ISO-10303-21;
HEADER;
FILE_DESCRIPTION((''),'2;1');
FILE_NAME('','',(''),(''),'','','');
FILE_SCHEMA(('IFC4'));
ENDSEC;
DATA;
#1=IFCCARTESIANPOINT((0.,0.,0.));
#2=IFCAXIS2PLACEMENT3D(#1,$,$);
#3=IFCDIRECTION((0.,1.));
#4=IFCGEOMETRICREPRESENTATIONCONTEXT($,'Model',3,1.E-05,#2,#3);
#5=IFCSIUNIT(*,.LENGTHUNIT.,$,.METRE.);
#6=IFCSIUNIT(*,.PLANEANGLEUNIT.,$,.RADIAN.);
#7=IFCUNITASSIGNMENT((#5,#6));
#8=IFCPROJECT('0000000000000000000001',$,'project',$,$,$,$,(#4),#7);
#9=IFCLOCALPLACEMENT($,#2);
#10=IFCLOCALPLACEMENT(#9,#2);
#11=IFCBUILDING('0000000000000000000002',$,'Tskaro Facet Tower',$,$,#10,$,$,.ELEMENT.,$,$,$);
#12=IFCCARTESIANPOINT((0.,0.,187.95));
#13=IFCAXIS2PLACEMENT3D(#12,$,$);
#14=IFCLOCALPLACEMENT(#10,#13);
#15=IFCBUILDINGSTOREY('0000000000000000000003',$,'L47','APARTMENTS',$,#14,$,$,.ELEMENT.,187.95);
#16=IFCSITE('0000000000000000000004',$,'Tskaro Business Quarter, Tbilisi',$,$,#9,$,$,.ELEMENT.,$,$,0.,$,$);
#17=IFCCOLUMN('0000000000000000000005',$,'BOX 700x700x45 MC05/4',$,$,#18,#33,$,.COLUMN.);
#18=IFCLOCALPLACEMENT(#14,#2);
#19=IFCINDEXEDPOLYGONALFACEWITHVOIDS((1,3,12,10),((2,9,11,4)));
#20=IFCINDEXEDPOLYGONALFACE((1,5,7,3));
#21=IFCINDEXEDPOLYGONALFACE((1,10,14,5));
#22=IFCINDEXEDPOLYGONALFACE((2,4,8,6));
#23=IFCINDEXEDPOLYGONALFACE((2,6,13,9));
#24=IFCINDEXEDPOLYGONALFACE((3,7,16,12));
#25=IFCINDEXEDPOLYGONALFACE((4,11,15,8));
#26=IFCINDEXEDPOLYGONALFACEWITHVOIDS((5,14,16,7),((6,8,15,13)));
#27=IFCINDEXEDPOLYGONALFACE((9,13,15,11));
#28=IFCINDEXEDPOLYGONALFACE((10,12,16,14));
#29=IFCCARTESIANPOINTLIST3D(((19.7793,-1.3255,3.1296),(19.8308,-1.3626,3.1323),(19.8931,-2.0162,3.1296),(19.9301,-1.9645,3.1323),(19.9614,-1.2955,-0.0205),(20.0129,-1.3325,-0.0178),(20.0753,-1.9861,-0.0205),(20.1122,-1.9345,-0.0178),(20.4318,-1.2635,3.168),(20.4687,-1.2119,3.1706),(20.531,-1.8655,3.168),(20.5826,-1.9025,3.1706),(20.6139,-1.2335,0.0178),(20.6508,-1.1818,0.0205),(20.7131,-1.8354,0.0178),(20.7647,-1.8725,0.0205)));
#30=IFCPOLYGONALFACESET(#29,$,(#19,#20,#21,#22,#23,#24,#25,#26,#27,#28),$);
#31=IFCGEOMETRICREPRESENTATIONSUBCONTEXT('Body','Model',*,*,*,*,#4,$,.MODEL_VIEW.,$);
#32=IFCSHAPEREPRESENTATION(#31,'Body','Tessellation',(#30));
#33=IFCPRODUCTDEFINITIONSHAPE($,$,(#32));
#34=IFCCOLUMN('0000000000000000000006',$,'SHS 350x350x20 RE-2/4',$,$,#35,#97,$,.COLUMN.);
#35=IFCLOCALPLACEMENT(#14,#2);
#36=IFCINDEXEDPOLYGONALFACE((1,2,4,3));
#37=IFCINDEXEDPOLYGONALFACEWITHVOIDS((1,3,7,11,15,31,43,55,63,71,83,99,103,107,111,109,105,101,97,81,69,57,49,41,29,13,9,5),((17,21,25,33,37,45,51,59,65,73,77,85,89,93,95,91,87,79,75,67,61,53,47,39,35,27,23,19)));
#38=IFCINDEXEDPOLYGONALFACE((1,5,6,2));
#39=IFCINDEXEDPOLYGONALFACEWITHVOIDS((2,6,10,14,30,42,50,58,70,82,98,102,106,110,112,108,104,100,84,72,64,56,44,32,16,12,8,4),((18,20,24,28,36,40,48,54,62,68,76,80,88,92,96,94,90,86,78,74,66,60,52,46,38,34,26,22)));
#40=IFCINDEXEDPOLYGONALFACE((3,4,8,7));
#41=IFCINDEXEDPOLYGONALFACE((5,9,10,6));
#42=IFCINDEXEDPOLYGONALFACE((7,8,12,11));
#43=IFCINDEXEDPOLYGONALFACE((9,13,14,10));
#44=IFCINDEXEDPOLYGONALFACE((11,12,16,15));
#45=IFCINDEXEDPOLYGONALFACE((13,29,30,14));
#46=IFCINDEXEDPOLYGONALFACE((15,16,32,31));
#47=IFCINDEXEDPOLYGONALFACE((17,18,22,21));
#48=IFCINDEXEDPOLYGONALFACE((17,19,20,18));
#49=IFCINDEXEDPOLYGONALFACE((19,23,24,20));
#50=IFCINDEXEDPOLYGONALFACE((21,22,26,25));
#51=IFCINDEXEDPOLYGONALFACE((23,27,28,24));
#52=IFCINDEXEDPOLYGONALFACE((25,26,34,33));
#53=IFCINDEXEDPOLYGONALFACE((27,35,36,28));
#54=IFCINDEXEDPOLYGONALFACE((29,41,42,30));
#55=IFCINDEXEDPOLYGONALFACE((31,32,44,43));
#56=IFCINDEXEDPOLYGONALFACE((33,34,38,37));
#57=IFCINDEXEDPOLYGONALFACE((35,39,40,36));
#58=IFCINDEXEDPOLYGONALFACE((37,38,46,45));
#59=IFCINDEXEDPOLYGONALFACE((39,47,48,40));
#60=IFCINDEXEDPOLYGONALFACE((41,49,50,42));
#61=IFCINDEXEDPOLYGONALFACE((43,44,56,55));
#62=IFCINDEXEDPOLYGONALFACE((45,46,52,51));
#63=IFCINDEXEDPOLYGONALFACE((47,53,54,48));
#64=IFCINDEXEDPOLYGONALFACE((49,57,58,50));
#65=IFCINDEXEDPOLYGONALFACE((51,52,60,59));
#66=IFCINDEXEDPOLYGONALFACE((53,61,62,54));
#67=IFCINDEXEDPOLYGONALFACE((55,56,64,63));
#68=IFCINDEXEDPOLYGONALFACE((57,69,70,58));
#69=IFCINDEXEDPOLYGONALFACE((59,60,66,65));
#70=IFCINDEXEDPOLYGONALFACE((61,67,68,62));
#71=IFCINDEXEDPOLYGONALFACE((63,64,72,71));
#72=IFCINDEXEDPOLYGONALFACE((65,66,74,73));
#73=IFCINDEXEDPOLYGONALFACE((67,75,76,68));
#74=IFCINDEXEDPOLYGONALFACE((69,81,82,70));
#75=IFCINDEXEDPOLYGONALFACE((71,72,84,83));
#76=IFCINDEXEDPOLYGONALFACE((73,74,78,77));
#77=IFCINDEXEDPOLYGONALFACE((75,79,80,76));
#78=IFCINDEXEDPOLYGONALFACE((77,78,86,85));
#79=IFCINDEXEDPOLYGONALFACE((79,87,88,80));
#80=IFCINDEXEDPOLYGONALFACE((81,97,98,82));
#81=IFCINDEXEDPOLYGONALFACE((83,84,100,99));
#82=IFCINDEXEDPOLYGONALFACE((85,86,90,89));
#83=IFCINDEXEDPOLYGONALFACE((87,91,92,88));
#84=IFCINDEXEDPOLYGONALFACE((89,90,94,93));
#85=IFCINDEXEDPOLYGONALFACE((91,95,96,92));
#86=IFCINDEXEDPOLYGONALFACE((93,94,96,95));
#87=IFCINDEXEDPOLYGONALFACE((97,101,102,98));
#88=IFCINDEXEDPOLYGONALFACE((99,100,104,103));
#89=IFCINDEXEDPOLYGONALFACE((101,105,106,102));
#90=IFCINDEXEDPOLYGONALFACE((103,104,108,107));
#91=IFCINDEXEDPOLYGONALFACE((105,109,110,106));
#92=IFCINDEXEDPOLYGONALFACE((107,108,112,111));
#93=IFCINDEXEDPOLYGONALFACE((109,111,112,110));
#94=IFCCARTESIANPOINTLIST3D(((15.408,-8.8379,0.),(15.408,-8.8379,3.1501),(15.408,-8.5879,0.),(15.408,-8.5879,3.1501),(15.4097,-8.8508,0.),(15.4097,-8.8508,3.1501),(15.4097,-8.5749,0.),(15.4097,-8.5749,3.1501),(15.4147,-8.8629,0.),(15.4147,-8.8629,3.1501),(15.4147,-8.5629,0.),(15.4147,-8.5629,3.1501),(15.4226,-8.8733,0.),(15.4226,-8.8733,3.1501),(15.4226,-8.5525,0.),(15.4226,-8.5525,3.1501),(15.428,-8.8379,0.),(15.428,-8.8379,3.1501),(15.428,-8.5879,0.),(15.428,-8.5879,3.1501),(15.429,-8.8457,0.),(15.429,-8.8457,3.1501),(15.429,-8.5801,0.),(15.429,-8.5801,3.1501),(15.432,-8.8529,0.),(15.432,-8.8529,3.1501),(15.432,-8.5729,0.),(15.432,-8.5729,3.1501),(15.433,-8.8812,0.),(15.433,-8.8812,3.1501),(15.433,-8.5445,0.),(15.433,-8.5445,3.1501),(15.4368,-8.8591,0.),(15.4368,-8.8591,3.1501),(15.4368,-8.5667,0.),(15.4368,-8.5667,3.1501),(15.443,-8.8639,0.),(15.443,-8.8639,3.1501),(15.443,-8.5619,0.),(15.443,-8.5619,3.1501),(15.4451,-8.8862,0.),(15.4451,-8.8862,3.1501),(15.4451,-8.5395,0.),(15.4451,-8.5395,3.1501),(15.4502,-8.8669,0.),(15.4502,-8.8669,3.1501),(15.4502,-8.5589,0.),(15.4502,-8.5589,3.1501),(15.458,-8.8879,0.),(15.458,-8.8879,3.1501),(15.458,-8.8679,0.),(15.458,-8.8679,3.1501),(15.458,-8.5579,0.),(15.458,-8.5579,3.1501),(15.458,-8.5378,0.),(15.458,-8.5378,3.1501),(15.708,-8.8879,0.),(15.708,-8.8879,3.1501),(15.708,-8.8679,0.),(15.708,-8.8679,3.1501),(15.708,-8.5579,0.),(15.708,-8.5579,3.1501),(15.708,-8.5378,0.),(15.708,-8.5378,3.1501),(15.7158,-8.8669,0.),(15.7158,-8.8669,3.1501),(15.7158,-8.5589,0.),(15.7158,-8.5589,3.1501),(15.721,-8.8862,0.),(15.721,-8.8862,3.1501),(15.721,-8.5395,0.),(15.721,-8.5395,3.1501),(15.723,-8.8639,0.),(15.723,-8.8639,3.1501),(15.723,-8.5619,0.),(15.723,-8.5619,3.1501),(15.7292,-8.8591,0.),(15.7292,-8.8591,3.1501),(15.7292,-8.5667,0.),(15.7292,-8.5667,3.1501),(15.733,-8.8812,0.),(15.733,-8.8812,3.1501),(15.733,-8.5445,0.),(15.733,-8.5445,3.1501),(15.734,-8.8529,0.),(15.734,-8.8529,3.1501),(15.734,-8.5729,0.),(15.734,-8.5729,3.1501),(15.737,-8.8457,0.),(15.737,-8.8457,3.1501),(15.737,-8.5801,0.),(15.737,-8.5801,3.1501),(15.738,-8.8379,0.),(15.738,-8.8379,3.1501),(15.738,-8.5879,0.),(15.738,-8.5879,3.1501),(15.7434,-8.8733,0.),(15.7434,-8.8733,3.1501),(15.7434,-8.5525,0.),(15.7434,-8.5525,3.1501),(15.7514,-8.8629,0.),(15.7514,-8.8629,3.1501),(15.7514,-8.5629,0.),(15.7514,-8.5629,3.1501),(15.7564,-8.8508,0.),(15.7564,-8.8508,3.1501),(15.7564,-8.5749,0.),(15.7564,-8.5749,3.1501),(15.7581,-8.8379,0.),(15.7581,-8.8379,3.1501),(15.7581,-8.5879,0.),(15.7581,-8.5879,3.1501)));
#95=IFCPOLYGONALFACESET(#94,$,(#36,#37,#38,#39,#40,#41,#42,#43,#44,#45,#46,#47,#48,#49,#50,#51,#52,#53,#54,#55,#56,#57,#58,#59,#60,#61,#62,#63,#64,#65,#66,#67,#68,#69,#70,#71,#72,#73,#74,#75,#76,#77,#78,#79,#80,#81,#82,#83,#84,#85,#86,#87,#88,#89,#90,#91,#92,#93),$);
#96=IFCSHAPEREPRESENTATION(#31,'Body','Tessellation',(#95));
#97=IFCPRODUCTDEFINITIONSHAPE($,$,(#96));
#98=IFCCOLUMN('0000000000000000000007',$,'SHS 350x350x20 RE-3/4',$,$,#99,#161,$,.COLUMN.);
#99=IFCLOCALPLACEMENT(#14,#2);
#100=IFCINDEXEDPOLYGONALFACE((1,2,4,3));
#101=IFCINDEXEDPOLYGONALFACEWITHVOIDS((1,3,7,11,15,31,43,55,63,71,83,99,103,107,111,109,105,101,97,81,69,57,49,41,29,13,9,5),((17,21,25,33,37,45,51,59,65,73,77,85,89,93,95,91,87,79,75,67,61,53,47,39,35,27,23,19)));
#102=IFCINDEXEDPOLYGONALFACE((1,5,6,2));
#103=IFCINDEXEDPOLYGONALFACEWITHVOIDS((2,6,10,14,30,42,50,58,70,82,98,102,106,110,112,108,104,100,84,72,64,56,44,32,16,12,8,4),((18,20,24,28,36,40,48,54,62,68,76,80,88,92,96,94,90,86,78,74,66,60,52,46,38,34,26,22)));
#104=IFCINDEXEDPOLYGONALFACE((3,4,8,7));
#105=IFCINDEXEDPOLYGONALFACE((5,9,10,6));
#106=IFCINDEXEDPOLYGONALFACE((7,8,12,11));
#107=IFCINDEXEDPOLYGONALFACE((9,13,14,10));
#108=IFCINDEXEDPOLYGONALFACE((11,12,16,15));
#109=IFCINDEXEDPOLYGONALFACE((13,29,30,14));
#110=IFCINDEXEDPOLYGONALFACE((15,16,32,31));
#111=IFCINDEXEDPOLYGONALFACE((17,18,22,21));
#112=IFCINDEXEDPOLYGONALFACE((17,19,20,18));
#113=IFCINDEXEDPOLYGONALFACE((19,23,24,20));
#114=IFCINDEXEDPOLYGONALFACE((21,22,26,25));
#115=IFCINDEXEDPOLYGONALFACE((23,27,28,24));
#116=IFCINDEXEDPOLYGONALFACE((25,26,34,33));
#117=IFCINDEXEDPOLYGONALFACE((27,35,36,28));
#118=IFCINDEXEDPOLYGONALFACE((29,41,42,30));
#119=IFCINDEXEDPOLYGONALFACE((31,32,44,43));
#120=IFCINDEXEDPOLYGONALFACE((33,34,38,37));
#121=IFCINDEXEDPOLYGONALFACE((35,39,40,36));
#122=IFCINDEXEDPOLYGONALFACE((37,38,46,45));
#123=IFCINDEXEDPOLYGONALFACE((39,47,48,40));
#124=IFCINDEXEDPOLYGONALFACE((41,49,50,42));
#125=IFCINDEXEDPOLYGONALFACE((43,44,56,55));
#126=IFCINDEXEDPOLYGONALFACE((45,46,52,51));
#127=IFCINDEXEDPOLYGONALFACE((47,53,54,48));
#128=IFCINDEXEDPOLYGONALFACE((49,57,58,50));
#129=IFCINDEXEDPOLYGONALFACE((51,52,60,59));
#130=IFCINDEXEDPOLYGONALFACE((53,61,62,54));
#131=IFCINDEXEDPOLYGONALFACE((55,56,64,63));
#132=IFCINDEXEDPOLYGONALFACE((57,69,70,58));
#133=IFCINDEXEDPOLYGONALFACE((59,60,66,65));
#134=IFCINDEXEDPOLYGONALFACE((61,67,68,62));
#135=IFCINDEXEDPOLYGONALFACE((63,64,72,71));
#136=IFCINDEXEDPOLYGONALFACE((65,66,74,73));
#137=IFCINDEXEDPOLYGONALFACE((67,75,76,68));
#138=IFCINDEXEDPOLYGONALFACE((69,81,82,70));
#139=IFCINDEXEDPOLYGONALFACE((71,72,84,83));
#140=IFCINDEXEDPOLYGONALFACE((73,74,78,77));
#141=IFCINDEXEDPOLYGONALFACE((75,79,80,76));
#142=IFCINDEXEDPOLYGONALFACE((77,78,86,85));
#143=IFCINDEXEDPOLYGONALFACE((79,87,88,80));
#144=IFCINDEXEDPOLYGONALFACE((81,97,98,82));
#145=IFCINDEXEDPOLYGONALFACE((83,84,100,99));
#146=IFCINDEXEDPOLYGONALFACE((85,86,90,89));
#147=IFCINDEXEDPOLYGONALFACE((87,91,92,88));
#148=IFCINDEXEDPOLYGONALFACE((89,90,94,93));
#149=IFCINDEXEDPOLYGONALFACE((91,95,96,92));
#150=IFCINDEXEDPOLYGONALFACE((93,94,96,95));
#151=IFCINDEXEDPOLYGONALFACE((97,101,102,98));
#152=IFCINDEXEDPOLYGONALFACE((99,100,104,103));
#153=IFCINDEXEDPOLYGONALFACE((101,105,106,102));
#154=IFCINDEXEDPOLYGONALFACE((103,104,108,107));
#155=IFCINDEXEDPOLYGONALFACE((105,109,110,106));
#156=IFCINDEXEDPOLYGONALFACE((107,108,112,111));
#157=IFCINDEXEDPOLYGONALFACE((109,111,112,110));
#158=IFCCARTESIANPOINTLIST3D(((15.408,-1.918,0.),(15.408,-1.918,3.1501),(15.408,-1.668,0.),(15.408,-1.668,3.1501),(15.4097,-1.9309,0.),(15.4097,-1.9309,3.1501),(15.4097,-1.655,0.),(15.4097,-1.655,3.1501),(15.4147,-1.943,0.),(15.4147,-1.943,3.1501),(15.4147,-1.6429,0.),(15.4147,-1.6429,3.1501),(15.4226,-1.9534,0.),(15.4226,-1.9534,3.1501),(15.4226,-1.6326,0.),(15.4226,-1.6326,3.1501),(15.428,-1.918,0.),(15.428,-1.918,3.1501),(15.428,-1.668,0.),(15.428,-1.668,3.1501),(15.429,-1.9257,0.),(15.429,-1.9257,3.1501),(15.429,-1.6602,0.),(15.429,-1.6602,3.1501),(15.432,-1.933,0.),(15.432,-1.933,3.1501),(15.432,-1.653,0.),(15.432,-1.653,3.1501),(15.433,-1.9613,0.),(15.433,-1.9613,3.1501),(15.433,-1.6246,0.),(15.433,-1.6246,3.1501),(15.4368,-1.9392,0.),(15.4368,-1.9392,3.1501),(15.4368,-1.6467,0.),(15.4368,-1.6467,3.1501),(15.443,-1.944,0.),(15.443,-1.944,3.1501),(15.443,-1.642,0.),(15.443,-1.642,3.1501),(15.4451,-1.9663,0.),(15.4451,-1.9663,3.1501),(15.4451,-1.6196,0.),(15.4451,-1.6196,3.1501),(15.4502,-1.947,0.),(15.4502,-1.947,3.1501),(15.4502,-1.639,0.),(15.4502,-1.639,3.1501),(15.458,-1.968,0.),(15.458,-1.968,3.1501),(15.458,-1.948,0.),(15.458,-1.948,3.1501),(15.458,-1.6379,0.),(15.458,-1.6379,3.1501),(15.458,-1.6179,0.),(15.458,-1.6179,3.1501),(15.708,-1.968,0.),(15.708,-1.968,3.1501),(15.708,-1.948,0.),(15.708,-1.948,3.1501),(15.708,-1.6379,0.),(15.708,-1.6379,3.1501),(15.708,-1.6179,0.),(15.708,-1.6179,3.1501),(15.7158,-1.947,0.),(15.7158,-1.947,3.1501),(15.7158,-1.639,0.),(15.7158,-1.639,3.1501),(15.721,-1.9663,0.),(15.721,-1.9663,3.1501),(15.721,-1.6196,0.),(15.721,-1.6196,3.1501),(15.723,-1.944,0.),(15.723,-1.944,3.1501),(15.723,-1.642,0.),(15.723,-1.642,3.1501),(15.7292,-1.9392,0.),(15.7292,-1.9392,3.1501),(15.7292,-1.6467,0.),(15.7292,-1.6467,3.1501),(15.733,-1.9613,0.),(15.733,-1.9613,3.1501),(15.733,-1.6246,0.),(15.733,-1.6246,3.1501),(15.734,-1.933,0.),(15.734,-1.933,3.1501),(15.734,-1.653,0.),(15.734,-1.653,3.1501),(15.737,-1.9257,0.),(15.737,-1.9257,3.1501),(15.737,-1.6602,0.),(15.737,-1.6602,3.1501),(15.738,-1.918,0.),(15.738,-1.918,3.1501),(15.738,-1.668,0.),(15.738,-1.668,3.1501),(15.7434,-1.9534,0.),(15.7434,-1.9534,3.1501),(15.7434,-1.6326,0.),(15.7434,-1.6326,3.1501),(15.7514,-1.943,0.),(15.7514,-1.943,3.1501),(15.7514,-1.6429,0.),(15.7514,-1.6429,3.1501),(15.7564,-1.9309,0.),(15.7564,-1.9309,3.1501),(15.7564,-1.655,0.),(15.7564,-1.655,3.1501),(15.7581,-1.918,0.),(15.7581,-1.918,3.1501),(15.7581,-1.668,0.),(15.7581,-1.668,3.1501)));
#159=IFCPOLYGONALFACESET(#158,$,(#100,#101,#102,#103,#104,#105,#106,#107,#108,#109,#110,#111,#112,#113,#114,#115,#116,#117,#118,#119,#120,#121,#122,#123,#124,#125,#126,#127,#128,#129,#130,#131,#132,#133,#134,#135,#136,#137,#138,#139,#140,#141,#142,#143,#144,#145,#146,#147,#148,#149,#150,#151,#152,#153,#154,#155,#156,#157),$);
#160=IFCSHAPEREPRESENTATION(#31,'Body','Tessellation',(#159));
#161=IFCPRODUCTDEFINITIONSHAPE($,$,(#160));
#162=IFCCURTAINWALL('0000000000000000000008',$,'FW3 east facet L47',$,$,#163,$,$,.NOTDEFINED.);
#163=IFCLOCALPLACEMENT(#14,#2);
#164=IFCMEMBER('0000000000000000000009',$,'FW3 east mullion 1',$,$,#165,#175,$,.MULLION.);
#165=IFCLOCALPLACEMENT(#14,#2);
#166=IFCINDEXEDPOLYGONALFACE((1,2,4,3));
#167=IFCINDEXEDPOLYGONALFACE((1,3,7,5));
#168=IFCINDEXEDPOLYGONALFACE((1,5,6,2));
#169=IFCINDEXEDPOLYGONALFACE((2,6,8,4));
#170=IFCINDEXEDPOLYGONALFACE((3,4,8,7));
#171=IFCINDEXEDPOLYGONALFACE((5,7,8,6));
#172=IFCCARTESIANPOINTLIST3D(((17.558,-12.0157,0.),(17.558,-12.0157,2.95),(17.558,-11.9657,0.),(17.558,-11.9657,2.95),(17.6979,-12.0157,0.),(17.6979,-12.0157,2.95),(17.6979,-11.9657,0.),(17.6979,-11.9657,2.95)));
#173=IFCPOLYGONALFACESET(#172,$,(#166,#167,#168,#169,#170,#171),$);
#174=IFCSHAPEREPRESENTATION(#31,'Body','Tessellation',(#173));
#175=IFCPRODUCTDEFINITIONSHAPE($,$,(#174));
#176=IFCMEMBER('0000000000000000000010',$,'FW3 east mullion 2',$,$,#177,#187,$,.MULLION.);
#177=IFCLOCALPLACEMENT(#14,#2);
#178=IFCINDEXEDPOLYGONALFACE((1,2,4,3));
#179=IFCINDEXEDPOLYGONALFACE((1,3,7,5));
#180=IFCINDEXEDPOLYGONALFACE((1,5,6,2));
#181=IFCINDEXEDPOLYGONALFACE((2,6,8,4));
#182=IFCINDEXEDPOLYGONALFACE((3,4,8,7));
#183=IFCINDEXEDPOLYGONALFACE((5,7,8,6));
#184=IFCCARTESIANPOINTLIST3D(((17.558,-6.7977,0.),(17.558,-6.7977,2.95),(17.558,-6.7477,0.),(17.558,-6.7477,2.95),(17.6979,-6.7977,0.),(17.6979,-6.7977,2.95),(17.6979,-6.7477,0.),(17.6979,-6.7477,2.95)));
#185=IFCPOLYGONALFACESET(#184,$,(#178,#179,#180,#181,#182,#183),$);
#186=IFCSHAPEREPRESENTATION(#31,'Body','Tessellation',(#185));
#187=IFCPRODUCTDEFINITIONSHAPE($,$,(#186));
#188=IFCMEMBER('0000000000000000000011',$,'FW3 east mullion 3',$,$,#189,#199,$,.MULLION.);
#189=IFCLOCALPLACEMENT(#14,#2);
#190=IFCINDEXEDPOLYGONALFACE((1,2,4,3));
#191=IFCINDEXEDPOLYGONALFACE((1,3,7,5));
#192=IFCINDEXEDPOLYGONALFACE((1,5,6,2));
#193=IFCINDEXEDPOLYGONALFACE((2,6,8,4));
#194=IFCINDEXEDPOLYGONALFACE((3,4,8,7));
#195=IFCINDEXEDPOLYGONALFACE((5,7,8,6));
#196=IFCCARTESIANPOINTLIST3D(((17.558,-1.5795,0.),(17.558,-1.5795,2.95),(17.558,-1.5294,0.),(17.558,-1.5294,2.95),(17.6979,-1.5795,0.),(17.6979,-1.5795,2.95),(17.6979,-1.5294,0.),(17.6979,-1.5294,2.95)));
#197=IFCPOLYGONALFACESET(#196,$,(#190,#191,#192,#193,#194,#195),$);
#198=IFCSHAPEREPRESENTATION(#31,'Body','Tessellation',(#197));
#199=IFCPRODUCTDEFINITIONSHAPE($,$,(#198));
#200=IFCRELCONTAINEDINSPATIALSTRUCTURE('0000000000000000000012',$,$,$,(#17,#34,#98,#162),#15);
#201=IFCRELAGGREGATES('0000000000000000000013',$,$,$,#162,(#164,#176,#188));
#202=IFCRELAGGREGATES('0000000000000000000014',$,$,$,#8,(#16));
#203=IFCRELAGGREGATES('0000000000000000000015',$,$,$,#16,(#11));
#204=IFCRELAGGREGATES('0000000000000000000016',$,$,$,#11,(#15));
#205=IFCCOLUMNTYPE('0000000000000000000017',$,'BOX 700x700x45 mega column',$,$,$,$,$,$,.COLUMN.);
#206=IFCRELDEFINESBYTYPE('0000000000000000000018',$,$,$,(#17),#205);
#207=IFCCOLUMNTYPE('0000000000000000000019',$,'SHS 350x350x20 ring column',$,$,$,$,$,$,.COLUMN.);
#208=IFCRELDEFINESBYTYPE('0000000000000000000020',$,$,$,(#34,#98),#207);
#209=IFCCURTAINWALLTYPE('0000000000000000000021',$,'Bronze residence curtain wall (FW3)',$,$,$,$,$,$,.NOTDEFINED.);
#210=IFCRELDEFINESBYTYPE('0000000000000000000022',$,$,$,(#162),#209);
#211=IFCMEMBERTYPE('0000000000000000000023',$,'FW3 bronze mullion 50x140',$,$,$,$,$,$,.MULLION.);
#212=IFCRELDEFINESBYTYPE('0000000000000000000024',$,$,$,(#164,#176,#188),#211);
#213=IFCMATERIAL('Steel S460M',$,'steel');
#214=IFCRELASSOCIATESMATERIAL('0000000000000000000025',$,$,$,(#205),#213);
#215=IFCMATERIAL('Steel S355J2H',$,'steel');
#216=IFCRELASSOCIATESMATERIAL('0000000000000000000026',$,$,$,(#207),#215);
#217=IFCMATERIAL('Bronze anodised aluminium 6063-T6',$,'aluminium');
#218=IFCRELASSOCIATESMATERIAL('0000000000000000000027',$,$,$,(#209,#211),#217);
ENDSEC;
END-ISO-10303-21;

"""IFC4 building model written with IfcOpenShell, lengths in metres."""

from ifc_helpers import new_model, si_unit, direction, frame, origin, origin_2d, place, context, subcontext, project, spatial, rectangle, hollow_rectangle, extrude, material, material_profile, profile_set, type_object, element, aggregate, save


model = new_model("IFC4")

# Units and contexts
model_context = context("Model", 3, precision=1e-05, world=origin(), true_north=direction((0.0, 1.0)))
body_context = subcontext(model_context, "Body", "Model", "MODEL_VIEW")
ifc_project = project(units=[si_unit("LENGTHUNIT", "METRE"), si_unit("PLANEANGLEUNIT", "RADIAN")], contexts=[model_context])

# Site, building, storey
site_placement = place(None, origin())
site = spatial("IfcSite", under=ifc_project, at=site_placement, Name="Tskaro Business Quarter, Tbilisi", CompositionType="ELEMENT", RefElevation=0.0)
building_placement = place(site_placement, origin())
building = spatial("IfcBuilding", under=site, at=building_placement, Name="Tskaro Facet Tower", CompositionType="ELEMENT")
storey_placement = place(building_placement, frame((0.0, 0.0, 187.95)))
storey = spatial("IfcBuildingStorey", under=building, at=storey_placement, Name="L47", Description="APARTMENTS", CompositionType="ELEMENT", Elevation=187.95)

# Columns
ifc_material_1 = material(Name="Steel S460M", Category="steel")
ifc_material_profile_1 = material_profile(ifc_material_1, hollow_rectangle(XDim=0.7, YDim=0.7, WallThickness=0.0449, at=origin_2d()), Name="BOX 700x700x45")
ifc_profile_set_1 = profile_set([ifc_material_profile_1], Name="Steel S460M")
column_type_1 = type_object("IfcColumnType", Name="BOX 700x700x45 mega column", PredefinedType="COLUMN", material=ifc_profile_set_1)
column_placement = place(storey_placement, frame((20.363, -1.584, 0.0), z_axis=(-0.057717, -0.009516, 0.998288), x_axis=(0.162683, -0.986678, 0.0)))
element("IfcColumn", 1, at=column_placement, inside=storey, type_object=column_type_1, Name="BOX 700x700x45 MC05/4", PredefinedType="COLUMN", context=body_context, shape_type="SweptSolid", body=[
    extrude(hollow_rectangle(XDim=0.7, YDim=0.7, WallThickness=0.0449, at=origin_2d()), origin(), (0.0, 0.0, 1.0), 3.1555),
])
ifc_material_2 = material(Name="Steel S355J2H", Category="steel")
ifc_material_profile_2 = material_profile(ifc_material_2, hollow_rectangle(XDim=0.3501, YDim=0.3501, WallThickness=0.02, InnerFilletRadius=0.03, OuterFilletRadius=0.05, at=origin_2d()), Name="SHS 350x350x20")
ifc_profile_set_2 = profile_set([ifc_material_profile_2], Name="Steel S355J2H")
column_type_2 = type_object("IfcColumnType", Name="SHS 350x350x20 ring column", PredefinedType="COLUMN", material=ifc_profile_set_2)
for number, where, z_axis, x_axis, name in (
    (2, (15.583, -8.7129, 0.0), (0.0, 0.0, 1.0), (1.0, 0.0, 0.0), "SHS 350x350x20 RE-2/4"),
    (3, (15.583, -1.793, 0.0), (0.0, 0.0, 1.0), (1.0, 0.0, 0.0), "SHS 350x350x20 RE-3/4"),
):
    element("IfcColumn", number, at=place(storey_placement, frame(where, z_axis=z_axis, x_axis=x_axis)), inside=storey, type_object=column_type_2, Name=name, PredefinedType="COLUMN", context=body_context, shape_type="SweptSolid", body=[
        extrude(hollow_rectangle(XDim=0.3501, YDim=0.3501, WallThickness=0.02, InnerFilletRadius=0.03, OuterFilletRadius=0.05, at=origin_2d()), origin(), (0.0, 0.0, 1.0), 3.1501),
    ])

# Curtain wall, members
ifc_material_3 = material(Name="Bronze anodised aluminium 6063-T6", Category="aluminium")
curtain_wall_type = type_object("IfcCurtainWallType", Name="Bronze residence curtain wall (FW3)", PredefinedType="NOTDEFINED", material=ifc_material_3)
curtain_wall_placement = place(storey_placement, origin())
curtain_wall = element("IfcCurtainWall", 4, at=curtain_wall_placement, inside=storey, type_object=curtain_wall_type, Name="FW3 east facet L47", PredefinedType="NOTDEFINED")
ifc_material_profile_3 = material_profile(ifc_material_3, rectangle(XDim=0.05, YDim=0.1399, at=origin_2d()), Name="Mullion 50x140")
ifc_profile_set_3 = profile_set([ifc_material_profile_3], Name="Bronze anodised aluminium 6063-T6")
member_type_1 = type_object("IfcMemberType", Name="FW3 bronze mullion 50x140", PredefinedType="MULLION", material=ifc_profile_set_3)
member_1_placement = place(storey_placement, frame((17.6279, -11.9907, 0.0), z_axis=(0.0, 0.0, 1.0), x_axis=(0.0, 1.0, 0.0)))
member_1 = element("IfcMember", 5, at=member_1_placement, type_object=member_type_1, Name="FW3 east mullion 1", PredefinedType="MULLION", context=body_context, shape_type="SweptSolid", body=[
    extrude(rectangle(XDim=0.05, YDim=0.1399, at=origin_2d()), origin(), (0.0, 0.0, 1.0), 2.95),
])
member_2_placement = place(storey_placement, frame((17.6279, -6.7727, 0.0), z_axis=(0.0, 0.0, 1.0), x_axis=(0.0, 1.0, 0.0)))
member_2 = element("IfcMember", 6, at=member_2_placement, type_object=member_type_1, Name="FW3 east mullion 2", PredefinedType="MULLION", context=body_context, shape_type="SweptSolid", body=[
    extrude(rectangle(XDim=0.05, YDim=0.1399, at=origin_2d()), origin(), (0.0, 0.0, 1.0), 2.95),
])
member_3_placement = place(storey_placement, frame((17.6279, -1.5544, 0.0), z_axis=(0.0, 0.0, 1.0), x_axis=(0.0, 1.0, 0.0)))
member_3 = element("IfcMember", 7, at=member_3_placement, type_object=member_type_1, Name="FW3 east mullion 3", PredefinedType="MULLION", context=body_context, shape_type="SweptSolid", body=[
    extrude(rectangle(XDim=0.05, YDim=0.1399, at=origin_2d()), origin(), (0.0, 0.0, 1.0), 2.95),
])

aggregate(curtain_wall, [member_1, member_2, member_3])

save(model, "model.ifc")
